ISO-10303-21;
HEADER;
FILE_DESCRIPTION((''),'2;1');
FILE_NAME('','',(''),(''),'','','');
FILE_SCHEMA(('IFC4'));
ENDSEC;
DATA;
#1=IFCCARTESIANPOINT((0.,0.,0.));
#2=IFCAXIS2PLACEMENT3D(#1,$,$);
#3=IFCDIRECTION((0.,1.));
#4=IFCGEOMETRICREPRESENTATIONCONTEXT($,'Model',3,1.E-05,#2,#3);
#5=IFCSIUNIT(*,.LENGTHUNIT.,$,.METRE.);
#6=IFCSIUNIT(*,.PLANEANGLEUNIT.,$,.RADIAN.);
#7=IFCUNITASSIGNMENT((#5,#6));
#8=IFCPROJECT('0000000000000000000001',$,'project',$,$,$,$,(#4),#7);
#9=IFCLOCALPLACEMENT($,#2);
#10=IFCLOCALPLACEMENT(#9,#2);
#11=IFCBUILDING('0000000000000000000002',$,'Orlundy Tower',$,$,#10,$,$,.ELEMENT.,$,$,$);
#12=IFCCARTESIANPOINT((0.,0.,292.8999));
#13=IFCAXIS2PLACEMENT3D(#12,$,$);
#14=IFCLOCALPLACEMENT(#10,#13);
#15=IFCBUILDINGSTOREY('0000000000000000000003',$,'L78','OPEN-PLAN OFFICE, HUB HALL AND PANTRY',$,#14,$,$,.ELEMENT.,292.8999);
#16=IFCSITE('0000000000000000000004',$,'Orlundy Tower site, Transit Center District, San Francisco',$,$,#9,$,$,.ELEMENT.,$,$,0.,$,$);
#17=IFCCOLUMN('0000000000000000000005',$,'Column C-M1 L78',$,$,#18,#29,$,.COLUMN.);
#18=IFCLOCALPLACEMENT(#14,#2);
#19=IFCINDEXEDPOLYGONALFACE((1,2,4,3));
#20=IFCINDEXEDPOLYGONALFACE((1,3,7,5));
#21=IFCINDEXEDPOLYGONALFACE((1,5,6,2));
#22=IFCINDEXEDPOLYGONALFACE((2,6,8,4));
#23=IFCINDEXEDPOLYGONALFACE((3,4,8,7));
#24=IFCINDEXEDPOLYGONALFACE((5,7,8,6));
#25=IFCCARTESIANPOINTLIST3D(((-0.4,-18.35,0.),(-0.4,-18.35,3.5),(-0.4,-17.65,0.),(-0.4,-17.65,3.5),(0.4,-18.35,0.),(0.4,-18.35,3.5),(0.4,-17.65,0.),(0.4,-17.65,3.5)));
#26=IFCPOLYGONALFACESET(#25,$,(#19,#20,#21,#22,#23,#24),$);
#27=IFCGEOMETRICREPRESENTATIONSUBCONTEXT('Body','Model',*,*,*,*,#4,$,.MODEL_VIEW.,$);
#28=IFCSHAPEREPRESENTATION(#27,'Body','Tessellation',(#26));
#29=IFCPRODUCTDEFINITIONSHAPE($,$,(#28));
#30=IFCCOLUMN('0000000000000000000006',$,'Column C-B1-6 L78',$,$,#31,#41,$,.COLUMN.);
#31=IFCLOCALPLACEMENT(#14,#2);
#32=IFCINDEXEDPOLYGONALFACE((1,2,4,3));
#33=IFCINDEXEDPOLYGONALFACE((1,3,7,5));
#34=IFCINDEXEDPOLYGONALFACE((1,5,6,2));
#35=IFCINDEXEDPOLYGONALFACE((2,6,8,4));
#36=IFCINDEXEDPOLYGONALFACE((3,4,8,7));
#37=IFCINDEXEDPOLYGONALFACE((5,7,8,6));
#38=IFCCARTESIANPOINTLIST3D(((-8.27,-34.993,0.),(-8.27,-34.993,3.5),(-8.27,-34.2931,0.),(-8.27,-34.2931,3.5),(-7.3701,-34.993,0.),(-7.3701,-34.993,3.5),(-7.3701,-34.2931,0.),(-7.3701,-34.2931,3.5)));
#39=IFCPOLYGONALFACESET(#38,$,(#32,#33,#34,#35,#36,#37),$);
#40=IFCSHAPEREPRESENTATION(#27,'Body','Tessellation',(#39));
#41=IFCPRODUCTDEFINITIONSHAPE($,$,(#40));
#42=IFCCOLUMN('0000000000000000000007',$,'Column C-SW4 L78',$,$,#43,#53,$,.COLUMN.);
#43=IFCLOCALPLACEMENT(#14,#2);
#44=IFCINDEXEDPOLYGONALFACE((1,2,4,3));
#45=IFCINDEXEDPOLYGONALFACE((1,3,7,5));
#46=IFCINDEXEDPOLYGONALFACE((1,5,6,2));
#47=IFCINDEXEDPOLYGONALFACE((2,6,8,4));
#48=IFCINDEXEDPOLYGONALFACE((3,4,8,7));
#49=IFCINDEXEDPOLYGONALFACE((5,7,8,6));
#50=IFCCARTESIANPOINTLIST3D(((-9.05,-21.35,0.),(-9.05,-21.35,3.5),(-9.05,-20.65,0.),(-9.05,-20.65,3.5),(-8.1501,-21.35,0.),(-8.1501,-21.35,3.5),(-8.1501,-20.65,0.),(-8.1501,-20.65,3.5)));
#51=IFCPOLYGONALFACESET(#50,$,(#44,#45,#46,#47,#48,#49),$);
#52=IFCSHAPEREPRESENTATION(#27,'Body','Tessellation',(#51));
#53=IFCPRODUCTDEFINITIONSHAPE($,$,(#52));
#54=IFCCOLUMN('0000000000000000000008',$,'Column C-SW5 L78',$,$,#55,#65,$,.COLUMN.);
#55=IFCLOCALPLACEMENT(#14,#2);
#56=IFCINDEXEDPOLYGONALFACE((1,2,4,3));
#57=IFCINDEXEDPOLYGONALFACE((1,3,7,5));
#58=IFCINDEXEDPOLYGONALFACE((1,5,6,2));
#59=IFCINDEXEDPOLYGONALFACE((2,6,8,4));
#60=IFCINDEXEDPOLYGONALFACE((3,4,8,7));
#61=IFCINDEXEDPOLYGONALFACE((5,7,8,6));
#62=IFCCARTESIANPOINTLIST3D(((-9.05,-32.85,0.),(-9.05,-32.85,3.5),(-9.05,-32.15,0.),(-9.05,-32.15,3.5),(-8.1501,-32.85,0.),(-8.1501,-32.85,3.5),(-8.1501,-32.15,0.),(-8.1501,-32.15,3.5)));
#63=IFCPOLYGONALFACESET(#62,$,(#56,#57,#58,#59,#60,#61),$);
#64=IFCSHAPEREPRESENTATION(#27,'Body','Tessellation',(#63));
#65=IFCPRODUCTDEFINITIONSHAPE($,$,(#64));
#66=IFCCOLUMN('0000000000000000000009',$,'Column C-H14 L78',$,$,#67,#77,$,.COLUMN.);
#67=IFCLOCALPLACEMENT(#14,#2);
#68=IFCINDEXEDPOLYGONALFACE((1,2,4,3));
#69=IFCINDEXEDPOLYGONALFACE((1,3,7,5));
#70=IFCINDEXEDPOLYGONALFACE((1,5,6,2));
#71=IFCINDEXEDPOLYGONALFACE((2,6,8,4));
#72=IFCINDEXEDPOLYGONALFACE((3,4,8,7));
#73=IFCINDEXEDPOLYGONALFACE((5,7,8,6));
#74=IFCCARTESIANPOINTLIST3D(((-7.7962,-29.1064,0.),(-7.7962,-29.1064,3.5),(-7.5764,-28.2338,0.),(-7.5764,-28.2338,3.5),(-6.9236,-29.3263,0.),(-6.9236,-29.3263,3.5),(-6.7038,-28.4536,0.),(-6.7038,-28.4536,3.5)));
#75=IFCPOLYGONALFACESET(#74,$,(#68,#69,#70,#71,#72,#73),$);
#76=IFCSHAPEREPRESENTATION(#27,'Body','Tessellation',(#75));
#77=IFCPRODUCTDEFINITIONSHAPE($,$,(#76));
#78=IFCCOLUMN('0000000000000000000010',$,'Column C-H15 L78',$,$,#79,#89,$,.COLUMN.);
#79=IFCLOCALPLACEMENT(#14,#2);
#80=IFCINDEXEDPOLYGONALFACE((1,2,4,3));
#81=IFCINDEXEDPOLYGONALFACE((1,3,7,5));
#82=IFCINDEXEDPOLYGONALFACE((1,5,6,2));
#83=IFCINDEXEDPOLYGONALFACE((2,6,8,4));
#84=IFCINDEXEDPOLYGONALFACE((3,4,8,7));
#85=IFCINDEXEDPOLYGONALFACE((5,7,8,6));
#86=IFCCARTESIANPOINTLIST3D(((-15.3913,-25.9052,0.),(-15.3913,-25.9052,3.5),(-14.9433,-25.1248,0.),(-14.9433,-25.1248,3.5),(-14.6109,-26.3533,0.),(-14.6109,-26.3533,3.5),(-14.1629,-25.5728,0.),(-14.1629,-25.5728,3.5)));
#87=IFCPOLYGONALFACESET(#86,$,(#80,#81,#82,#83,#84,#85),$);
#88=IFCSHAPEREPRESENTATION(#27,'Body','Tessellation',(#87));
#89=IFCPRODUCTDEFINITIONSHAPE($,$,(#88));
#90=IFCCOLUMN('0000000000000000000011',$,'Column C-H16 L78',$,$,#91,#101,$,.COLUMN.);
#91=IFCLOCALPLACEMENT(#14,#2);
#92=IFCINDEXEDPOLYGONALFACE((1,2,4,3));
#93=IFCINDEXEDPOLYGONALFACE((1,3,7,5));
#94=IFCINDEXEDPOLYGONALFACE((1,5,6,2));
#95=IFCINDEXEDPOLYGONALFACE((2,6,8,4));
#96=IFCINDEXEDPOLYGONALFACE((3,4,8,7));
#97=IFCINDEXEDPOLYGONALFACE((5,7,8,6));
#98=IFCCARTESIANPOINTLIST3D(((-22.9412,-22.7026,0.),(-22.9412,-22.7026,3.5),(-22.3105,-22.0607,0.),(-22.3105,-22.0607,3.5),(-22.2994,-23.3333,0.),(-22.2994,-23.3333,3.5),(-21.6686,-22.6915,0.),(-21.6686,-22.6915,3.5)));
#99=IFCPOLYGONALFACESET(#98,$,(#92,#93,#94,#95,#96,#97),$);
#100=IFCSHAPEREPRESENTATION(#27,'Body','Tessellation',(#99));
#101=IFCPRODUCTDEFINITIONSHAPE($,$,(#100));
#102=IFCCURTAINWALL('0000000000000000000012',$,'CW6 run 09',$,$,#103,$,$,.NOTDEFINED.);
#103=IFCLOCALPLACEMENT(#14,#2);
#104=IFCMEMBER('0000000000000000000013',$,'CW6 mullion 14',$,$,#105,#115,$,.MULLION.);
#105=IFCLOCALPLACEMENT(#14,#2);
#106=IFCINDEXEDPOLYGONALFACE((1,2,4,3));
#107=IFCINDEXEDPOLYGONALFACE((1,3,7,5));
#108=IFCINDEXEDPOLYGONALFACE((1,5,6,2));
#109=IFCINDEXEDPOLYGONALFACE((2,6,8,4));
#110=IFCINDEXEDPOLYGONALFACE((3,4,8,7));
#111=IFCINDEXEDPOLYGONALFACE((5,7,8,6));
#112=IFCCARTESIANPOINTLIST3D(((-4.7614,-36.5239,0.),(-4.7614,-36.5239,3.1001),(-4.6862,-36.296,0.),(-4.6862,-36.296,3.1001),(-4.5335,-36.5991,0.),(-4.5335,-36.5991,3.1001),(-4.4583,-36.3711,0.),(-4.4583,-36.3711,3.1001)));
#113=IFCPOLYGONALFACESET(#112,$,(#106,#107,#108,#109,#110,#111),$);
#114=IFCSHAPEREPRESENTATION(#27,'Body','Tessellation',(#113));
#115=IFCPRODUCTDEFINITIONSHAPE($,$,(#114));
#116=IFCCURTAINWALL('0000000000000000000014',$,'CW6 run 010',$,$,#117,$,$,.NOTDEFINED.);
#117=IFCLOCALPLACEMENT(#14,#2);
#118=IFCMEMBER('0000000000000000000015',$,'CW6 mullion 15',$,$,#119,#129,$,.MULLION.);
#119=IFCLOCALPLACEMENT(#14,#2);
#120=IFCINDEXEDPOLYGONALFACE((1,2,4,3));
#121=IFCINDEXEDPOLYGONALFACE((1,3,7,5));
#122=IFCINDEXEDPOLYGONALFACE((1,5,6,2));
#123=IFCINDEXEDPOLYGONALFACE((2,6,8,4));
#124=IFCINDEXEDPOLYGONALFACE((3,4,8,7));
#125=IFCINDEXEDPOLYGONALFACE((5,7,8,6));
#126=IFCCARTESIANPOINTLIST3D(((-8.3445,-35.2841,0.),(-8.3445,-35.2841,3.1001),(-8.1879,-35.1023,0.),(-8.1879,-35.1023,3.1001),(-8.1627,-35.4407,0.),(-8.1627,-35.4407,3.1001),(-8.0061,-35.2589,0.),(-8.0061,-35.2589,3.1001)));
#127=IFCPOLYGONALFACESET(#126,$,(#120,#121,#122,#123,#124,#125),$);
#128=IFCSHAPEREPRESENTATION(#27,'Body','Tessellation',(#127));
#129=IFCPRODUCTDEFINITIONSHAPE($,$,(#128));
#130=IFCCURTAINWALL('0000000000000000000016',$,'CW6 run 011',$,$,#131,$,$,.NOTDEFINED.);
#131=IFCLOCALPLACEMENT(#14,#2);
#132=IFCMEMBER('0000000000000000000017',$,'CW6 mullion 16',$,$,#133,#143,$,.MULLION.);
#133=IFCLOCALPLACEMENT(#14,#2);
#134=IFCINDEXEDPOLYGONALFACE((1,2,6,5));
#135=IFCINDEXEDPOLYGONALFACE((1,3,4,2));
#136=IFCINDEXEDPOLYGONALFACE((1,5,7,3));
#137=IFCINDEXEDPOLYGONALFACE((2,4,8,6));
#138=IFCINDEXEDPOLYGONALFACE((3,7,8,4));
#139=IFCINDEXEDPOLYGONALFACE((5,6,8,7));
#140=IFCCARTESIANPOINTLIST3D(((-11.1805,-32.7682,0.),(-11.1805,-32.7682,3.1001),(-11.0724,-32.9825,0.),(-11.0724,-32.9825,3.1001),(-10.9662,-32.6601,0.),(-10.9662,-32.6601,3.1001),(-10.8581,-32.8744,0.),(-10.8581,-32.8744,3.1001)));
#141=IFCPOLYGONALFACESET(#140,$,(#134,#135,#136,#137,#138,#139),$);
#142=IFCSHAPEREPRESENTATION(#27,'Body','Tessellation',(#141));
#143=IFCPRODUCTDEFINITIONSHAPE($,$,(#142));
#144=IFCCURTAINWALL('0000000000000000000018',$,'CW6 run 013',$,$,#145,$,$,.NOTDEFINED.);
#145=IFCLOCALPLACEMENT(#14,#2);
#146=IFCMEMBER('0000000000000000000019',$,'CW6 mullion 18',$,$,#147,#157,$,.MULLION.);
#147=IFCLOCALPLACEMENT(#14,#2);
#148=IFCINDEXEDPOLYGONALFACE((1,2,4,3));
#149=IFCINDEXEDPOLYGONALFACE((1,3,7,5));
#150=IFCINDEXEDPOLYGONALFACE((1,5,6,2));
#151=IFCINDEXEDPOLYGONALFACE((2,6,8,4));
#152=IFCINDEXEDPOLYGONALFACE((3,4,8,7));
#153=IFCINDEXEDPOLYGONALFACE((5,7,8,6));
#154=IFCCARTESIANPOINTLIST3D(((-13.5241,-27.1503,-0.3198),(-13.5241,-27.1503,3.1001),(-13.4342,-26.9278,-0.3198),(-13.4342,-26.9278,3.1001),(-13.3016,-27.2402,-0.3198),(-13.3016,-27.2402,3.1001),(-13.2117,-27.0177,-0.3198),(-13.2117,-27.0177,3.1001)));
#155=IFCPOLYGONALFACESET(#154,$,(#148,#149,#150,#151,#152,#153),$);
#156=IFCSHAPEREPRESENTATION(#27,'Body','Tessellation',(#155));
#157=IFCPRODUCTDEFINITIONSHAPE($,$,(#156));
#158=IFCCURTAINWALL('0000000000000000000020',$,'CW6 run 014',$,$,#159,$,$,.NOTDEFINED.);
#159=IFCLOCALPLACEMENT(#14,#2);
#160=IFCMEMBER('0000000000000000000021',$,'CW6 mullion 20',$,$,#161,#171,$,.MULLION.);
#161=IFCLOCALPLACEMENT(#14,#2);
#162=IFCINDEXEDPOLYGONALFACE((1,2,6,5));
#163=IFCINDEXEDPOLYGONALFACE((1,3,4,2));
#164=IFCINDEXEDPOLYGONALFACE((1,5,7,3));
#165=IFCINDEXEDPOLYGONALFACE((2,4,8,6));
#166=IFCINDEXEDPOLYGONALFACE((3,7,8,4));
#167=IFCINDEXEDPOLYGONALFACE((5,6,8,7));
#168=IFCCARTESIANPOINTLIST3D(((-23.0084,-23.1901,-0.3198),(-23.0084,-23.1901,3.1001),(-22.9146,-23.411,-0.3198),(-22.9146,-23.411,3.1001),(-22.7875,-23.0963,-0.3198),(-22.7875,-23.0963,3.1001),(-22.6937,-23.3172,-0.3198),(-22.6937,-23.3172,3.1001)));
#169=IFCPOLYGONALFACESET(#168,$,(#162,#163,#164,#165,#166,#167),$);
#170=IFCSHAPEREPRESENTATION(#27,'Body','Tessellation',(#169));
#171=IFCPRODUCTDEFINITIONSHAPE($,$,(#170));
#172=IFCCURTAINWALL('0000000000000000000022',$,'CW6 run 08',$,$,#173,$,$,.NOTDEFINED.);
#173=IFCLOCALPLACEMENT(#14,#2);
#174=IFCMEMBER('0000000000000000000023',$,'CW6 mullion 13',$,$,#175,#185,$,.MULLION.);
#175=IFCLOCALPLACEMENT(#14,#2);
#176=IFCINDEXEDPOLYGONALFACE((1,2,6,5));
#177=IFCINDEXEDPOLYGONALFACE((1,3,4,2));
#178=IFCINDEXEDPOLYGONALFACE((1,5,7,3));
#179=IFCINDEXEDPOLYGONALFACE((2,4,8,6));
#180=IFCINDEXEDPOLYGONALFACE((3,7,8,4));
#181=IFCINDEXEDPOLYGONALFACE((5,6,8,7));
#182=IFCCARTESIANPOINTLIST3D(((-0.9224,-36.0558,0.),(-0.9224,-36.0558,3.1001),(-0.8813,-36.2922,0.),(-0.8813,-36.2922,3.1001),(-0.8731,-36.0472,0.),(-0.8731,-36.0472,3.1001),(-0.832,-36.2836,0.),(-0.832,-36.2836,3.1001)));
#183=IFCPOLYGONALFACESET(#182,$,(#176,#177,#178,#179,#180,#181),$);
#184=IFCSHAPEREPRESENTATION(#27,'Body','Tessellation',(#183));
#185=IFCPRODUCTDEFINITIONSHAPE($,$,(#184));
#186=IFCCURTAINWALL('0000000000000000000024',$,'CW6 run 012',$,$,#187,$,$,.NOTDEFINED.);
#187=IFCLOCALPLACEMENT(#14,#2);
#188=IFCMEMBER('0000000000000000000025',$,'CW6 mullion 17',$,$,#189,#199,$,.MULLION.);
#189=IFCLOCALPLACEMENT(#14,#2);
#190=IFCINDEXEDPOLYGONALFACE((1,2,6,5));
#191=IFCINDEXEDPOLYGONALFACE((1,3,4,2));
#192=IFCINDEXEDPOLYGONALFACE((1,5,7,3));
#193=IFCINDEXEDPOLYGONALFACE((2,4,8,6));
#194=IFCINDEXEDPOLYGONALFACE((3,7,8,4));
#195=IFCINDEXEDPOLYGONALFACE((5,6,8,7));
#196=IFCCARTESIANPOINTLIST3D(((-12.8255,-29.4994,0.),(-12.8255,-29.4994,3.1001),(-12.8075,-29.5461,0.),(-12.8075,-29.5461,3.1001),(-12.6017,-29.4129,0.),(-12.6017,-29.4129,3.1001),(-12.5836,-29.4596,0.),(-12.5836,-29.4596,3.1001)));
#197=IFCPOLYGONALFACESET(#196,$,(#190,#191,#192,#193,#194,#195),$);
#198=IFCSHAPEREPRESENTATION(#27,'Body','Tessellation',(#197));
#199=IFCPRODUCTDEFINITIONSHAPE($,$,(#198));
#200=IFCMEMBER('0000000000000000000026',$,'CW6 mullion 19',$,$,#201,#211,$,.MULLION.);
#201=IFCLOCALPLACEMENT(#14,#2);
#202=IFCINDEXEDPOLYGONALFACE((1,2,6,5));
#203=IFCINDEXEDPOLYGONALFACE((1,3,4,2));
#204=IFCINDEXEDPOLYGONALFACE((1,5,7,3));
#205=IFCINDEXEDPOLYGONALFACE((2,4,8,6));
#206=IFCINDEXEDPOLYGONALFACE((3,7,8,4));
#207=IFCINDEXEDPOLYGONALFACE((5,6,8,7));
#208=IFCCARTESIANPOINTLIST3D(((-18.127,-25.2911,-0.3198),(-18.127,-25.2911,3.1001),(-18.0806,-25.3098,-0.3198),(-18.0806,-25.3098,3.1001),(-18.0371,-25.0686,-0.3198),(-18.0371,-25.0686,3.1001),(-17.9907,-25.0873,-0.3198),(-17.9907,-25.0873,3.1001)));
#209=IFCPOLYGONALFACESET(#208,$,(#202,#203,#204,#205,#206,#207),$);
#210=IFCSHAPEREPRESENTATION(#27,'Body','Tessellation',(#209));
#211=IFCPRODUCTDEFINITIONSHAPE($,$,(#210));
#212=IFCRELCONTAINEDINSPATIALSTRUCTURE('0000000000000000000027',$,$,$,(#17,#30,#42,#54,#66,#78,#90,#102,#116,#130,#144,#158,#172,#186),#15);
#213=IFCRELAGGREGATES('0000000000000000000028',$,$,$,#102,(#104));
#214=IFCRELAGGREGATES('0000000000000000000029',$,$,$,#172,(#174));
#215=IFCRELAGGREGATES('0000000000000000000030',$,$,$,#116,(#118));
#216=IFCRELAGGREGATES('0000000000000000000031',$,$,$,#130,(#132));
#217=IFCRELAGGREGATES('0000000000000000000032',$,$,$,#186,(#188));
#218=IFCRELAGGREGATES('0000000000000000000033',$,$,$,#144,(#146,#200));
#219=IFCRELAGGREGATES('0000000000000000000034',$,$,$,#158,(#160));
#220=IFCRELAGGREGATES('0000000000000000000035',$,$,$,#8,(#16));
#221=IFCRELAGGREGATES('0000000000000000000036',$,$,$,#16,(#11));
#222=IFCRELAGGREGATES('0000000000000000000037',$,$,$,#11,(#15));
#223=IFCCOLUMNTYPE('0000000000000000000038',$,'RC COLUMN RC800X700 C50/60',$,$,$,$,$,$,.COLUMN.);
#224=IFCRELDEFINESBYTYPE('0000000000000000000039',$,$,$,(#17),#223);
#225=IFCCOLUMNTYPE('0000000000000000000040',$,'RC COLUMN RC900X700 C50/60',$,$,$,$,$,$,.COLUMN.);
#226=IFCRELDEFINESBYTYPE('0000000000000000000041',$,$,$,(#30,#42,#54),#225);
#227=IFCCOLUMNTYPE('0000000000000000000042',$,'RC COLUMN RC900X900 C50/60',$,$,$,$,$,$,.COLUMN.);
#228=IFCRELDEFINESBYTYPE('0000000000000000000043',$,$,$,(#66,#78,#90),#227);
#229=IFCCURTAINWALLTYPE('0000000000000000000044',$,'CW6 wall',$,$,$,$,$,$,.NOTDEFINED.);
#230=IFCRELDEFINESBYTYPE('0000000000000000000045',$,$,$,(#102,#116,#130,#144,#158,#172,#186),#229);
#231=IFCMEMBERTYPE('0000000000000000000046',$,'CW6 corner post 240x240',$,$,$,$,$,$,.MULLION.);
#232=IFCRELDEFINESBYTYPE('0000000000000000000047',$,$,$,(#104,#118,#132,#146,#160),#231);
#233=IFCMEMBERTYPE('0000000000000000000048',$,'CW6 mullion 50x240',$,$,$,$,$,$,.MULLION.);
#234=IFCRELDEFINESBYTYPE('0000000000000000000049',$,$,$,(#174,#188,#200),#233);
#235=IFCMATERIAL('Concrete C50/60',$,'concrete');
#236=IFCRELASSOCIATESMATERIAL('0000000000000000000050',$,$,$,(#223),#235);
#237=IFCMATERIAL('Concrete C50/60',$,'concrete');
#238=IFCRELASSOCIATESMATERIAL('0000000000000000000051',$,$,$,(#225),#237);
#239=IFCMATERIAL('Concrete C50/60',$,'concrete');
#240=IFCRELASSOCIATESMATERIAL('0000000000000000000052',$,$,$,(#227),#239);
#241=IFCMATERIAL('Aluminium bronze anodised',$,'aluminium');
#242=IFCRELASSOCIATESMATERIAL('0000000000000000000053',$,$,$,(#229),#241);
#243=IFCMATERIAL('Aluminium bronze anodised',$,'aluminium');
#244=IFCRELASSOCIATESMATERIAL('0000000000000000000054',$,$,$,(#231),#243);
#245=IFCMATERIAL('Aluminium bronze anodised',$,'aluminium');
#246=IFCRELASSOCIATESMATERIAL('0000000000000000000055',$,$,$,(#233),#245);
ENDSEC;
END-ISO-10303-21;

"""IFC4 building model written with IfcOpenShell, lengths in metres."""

from ifc_helpers import new_model, si_unit, direction, frame, origin, origin_2d, place, context, subcontext, project, spatial, rectangle, extrude, material, material_profile, profile_set, type_object, element, aggregate, save


model = new_model("IFC4")

# Units and contexts
model_context = context("Model", 3, precision=1e-05, world=origin(), true_north=direction((0.0, 1.0)))
body_context = subcontext(model_context, "Body", "Model", "MODEL_VIEW")
ifc_project = project(units=[si_unit("LENGTHUNIT", "METRE"), si_unit("PLANEANGLEUNIT", "RADIAN")], contexts=[model_context])

# Site, building, storey
site_placement = place(None, origin())
site = spatial("IfcSite", under=ifc_project, at=site_placement, Name="Orlundy Tower site, Transit Center District, San Francisco", CompositionType="ELEMENT", RefElevation=0.0)
building_placement = place(site_placement, origin())
building = spatial("IfcBuilding", under=site, at=building_placement, Name="Orlundy Tower", CompositionType="ELEMENT")
storey_placement = place(building_placement, frame((0.0, 0.0, 292.8999)))
storey = spatial("IfcBuildingStorey", under=building, at=storey_placement, Name="L78", Description="OPEN-PLAN OFFICE, HUB HALL AND PANTRY", CompositionType="ELEMENT", Elevation=292.8999)

# Columns
ifc_material_1 = material(Name="Concrete C50/60", Category="concrete")
ifc_material_profile_1 = material_profile(ifc_material_1, rectangle(XDim=0.8, YDim=0.7, at=origin_2d()), Name="RC800X700")
ifc_profile_set_1 = profile_set([ifc_material_profile_1], Name="Concrete C50/60")
column_type_1 = type_object("IfcColumnType", Name="RC COLUMN RC800X700 C50/60", PredefinedType="COLUMN", material=ifc_profile_set_1)
column_placement = place(storey_placement, frame((0.0, -18.0, 0.0), z_axis=(0.0, 0.0, 1.0), x_axis=(1.0, 0.0, 0.0)))
element("IfcColumn", 1, at=column_placement, inside=storey, type_object=column_type_1, Name="Column C-M1 L78", PredefinedType="COLUMN", context=body_context, shape_type="SweptSolid", body=[
    extrude(rectangle(XDim=0.8, YDim=0.7, at=origin_2d()), origin(), (0.0, 0.0, 1.0), 3.5),
])
ifc_material_2 = material(Name="Concrete C50/60", Category="concrete")
ifc_material_profile_2 = material_profile(ifc_material_2, rectangle(XDim=0.8999, YDim=0.7, at=origin_2d()), Name="RC900X700")
ifc_profile_set_2 = profile_set([ifc_material_profile_2], Name="Concrete C50/60")
column_type_2 = type_object("IfcColumnType", Name="RC COLUMN RC900X700 C50/60", PredefinedType="COLUMN", material=ifc_profile_set_2)
for number, where, z_axis, x_axis, name in (
    (2, (-7.8201, -34.6431, 0.0), (0.0, 0.0, 1.0), (1.0, 0.0, 0.0), "Column C-B1-6 L78"),
    (3, (-8.6001, -21.0, 0.0), (0.0, 0.0, 1.0), (1.0, 0.0, 0.0), "Column C-SW4 L78"),
    (4, (-8.6001, -32.5, 0.0), (0.0, 0.0, 1.0), (1.0, 0.0, 0.0), "Column C-SW5 L78"),
):
    element("IfcColumn", number, at=place(storey_placement, frame(where, z_axis=z_axis, x_axis=x_axis)), inside=storey, type_object=column_type_2, Name=name, PredefinedType="COLUMN", context=body_context, shape_type="SweptSolid", body=[
        extrude(rectangle(XDim=0.8999, YDim=0.7, at=origin_2d()), origin(), (0.0, 0.0, 1.0), 3.5),
    ])
ifc_material_3 = material(Name="Concrete C50/60", Category="concrete")
ifc_material_profile_3 = material_profile(ifc_material_3, rectangle(XDim=0.8999, YDim=0.8999, at=origin_2d()), Name="RC900X900")
ifc_profile_set_3 = profile_set([ifc_material_profile_3], Name="Concrete C50/60")
column_type_3 = type_object("IfcColumnType", Name="RC COLUMN RC900X900 C50/60", PredefinedType="COLUMN", material=ifc_profile_set_3)
for number, where, z_axis, x_axis, name in (
    (5, (-7.25, -28.78, 0.0), (0.0, 0.0, 1.0), (-0.244275, -0.969706, 0.0), "Column C-H14 L78"),
    (6, (-14.7771, -25.739, 0.0), (0.0, 0.0, 1.0), (-0.497898, -0.867236, 0.0), "Column C-H15 L78"),
    (7, (-22.3049, -22.697, 0.0), (0.0, 0.0, 1.0), (-0.700922, -0.713238, 0.0), "Column C-H16 L78"),
):
    element("IfcColumn", number, at=place(storey_placement, frame(where, z_axis=z_axis, x_axis=x_axis)), inside=storey, type_object=column_type_3, Name=name, PredefinedType="COLUMN", context=body_context, shape_type="SweptSolid", body=[
        extrude(rectangle(XDim=0.8999, YDim=0.8999, at=origin_2d()), origin(), (0.0, 0.0, 1.0), 3.5),
    ])

# Curtain walls, members
ifc_material_4 = material(Name="Aluminium bronze anodised", Category="aluminium")
curtain_wall_type = type_object("IfcCurtainWallType", Name="CW6 wall", PredefinedType="NOTDEFINED", material=ifc_material_4)
curtain_wall_1_placement = place(storey_placement, origin())
curtain_wall_1 = element("IfcCurtainWall", 8, at=curtain_wall_1_placement, inside=storey, type_object=curtain_wall_type, Name="CW6 run 09", PredefinedType="NOTDEFINED")
ifc_material_5 = material(Name="Aluminium bronze anodised", Category="aluminium")
ifc_material_profile_4 = material_profile(ifc_material_5, rectangle(XDim=0.24, YDim=0.24, at=origin_2d()), Name="CW6 corner post 240x240")
ifc_profile_set_4 = profile_set([ifc_material_profile_4], Name="Aluminium bronze anodised")
member_type_1 = type_object("IfcMemberType", Name="CW6 corner post 240x240", PredefinedType="MULLION", material=ifc_profile_set_4)
member_1_placement = place(storey_placement, frame((-4.6099, -36.4475, 0.0), z_axis=(0.0, 0.0, 1.0), x_axis=(-0.313231, -0.949677, 0.0)))
member_1 = element("IfcMember", 9, at=member_1_placement, type_object=member_type_1, Name="CW6 mullion 14", PredefinedType="MULLION", context=body_context, shape_type="SweptSolid", body=[
    extrude(rectangle(XDim=0.24, YDim=0.24, at=origin_2d()), origin(), (0.0, 0.0, 1.0), 3.1001),
])
aggregate(curtain_wall_1, [member_1])
curtain_wall_2_placement = place(storey_placement, origin())
curtain_wall_2 = element("IfcCurtainWall", 10, at=curtain_wall_2_placement, inside=storey, type_object=curtain_wall_type, Name="CW6 run 010", PredefinedType="NOTDEFINED")
member_2_placement = place(storey_placement, frame((-8.1753, -35.2715, 0.0), z_axis=(0.0, 0.0, 1.0), x_axis=(-0.652678, -0.757635, 0.0)))
member_2 = element("IfcMember", 11, at=member_2_placement, type_object=member_type_1, Name="CW6 mullion 15", PredefinedType="MULLION", context=body_context, shape_type="SweptSolid", body=[
    extrude(rectangle(XDim=0.24, YDim=0.24, at=origin_2d()), origin(), (0.0, 0.0, 1.0), 3.1001),
])
curtain_wall_3_placement = place(storey_placement, origin())
curtain_wall_3 = element("IfcCurtainWall", 12, at=curtain_wall_3_placement, inside=storey, type_object=curtain_wall_type, Name="CW6 run 011", PredefinedType="NOTDEFINED")
member_3_placement = place(storey_placement, frame((-11.0193, -32.8213, 0.0), z_axis=(0.0, 0.0, 1.0), x_axis=(-0.892911, -0.450232, 0.0)))
member_3 = element("IfcMember", 13, at=member_3_placement, type_object=member_type_1, Name="CW6 mullion 16", PredefinedType="MULLION", context=body_context, shape_type="SweptSolid", body=[
    extrude(rectangle(XDim=0.24, YDim=0.24, at=origin_2d()), origin(), (0.0, 0.0, 1.0), 3.1001),
])
curtain_wall_4_placement = place(storey_placement, origin())
curtain_wall_4 = element("IfcCurtainWall", 14, at=curtain_wall_4_placement, inside=storey, type_object=curtain_wall_type, Name="CW6 run 013", PredefinedType="NOTDEFINED")
member_4_placement = place(storey_placement, frame((-13.3679, -27.084, -0.3198), z_axis=(0.0, 0.0, 1.0), x_axis=(-0.374521, -0.927218, 0.0)))
member_4 = element("IfcMember", 15, at=member_4_placement, type_object=member_type_1, Name="CW6 mullion 18", PredefinedType="MULLION", context=body_context, shape_type="SweptSolid", body=[
    extrude(rectangle(XDim=0.24, YDim=0.24, at=origin_2d()), origin(), (0.0, 0.0, 1.0), 3.4199),
])
curtain_wall_5_placement = place(storey_placement, origin())
curtain_wall_5 = element("IfcCurtainWall", 16, at=curtain_wall_5_placement, inside=storey, type_object=curtain_wall_type, Name="CW6 run 014", PredefinedType="NOTDEFINED")
member_5_placement = place(storey_placement, frame((-22.8511, -23.2537, -0.3198), z_axis=(0.0, 0.0, 1.0), x_axis=(-0.920507, -0.390727, 0.0)))
member_5 = element("IfcMember", 17, at=member_5_placement, type_object=member_type_1, Name="CW6 mullion 20", PredefinedType="MULLION", context=body_context, shape_type="SweptSolid", body=[
    extrude(rectangle(XDim=0.24, YDim=0.24, at=origin_2d()), origin(), (0.0, 0.0, 1.0), 3.4199),
])
curtain_wall_6_placement = place(storey_placement, origin())
curtain_wall_6 = element("IfcCurtainWall", 18, at=curtain_wall_6_placement, inside=storey, type_object=curtain_wall_type, Name="CW6 run 08", PredefinedType="NOTDEFINED")
ifc_material_6 = material(Name="Aluminium bronze anodised", Category="aluminium")
ifc_material_profile_5 = material_profile(ifc_material_6, rectangle(XDim=0.24, YDim=0.05, at=origin_2d()), Name="CW6 mullion 50x240")
ifc_profile_set_5 = profile_set([ifc_material_profile_5], Name="Aluminium bronze anodised")
member_type_2 = type_object("IfcMemberType", Name="CW6 mullion 50x240", PredefinedType="MULLION", material=ifc_profile_set_5)
member_6_placement = place(storey_placement, frame((-0.8772, -36.1697, 0.0), z_axis=(0.0, 0.0, 1.0), x_axis=(0.171536, -0.985178, 0.0)))
member_6 = element("IfcMember", 19, at=member_6_placement, type_object=member_type_2, Name="CW6 mullion 13", PredefinedType="MULLION", context=body_context, shape_type="SweptSolid", body=[
    extrude(rectangle(XDim=0.24, YDim=0.05, at=origin_2d()), origin(), (0.0, 0.0, 1.0), 3.1001),
])
curtain_wall_7_placement = place(storey_placement, origin())
curtain_wall_7 = element("IfcCurtainWall", 20, at=curtain_wall_7_placement, inside=storey, type_object=curtain_wall_type, Name="CW6 run 012", PredefinedType="NOTDEFINED")
member_7_placement = place(storey_placement, frame((-12.7046, -29.4795, 0.0), z_axis=(0.0, 0.0, 1.0), x_axis=(-0.932834, -0.360305, 0.0)))
member_7 = element("IfcMember", 21, at=member_7_placement, type_object=member_type_2, Name="CW6 mullion 17", PredefinedType="MULLION", context=body_context, shape_type="SweptSolid", body=[
    extrude(rectangle(XDim=0.24, YDim=0.05, at=origin_2d()), origin(), (0.0, 0.0, 1.0), 3.1001),
])

# Member
member_8_placement = place(storey_placement, frame((-18.0588, -25.1892, -0.3198), z_axis=(0.0, 0.0, 1.0), x_axis=(-0.374521, -0.927218, 0.0)))
member_8 = element("IfcMember", 22, at=member_8_placement, type_object=member_type_2, Name="CW6 mullion 19", PredefinedType="MULLION", context=body_context, shape_type="SweptSolid", body=[
    extrude(rectangle(XDim=0.24, YDim=0.05, at=origin_2d()), origin(), (0.0, 0.0, 1.0), 3.4199),
])

aggregate(curtain_wall_6, [member_6])
aggregate(curtain_wall_2, [member_2])
aggregate(curtain_wall_3, [member_3])
aggregate(curtain_wall_7, [member_7])
aggregate(curtain_wall_4, [member_4, member_8])
aggregate(curtain_wall_5, [member_5])

save(model, "model.ifc")
